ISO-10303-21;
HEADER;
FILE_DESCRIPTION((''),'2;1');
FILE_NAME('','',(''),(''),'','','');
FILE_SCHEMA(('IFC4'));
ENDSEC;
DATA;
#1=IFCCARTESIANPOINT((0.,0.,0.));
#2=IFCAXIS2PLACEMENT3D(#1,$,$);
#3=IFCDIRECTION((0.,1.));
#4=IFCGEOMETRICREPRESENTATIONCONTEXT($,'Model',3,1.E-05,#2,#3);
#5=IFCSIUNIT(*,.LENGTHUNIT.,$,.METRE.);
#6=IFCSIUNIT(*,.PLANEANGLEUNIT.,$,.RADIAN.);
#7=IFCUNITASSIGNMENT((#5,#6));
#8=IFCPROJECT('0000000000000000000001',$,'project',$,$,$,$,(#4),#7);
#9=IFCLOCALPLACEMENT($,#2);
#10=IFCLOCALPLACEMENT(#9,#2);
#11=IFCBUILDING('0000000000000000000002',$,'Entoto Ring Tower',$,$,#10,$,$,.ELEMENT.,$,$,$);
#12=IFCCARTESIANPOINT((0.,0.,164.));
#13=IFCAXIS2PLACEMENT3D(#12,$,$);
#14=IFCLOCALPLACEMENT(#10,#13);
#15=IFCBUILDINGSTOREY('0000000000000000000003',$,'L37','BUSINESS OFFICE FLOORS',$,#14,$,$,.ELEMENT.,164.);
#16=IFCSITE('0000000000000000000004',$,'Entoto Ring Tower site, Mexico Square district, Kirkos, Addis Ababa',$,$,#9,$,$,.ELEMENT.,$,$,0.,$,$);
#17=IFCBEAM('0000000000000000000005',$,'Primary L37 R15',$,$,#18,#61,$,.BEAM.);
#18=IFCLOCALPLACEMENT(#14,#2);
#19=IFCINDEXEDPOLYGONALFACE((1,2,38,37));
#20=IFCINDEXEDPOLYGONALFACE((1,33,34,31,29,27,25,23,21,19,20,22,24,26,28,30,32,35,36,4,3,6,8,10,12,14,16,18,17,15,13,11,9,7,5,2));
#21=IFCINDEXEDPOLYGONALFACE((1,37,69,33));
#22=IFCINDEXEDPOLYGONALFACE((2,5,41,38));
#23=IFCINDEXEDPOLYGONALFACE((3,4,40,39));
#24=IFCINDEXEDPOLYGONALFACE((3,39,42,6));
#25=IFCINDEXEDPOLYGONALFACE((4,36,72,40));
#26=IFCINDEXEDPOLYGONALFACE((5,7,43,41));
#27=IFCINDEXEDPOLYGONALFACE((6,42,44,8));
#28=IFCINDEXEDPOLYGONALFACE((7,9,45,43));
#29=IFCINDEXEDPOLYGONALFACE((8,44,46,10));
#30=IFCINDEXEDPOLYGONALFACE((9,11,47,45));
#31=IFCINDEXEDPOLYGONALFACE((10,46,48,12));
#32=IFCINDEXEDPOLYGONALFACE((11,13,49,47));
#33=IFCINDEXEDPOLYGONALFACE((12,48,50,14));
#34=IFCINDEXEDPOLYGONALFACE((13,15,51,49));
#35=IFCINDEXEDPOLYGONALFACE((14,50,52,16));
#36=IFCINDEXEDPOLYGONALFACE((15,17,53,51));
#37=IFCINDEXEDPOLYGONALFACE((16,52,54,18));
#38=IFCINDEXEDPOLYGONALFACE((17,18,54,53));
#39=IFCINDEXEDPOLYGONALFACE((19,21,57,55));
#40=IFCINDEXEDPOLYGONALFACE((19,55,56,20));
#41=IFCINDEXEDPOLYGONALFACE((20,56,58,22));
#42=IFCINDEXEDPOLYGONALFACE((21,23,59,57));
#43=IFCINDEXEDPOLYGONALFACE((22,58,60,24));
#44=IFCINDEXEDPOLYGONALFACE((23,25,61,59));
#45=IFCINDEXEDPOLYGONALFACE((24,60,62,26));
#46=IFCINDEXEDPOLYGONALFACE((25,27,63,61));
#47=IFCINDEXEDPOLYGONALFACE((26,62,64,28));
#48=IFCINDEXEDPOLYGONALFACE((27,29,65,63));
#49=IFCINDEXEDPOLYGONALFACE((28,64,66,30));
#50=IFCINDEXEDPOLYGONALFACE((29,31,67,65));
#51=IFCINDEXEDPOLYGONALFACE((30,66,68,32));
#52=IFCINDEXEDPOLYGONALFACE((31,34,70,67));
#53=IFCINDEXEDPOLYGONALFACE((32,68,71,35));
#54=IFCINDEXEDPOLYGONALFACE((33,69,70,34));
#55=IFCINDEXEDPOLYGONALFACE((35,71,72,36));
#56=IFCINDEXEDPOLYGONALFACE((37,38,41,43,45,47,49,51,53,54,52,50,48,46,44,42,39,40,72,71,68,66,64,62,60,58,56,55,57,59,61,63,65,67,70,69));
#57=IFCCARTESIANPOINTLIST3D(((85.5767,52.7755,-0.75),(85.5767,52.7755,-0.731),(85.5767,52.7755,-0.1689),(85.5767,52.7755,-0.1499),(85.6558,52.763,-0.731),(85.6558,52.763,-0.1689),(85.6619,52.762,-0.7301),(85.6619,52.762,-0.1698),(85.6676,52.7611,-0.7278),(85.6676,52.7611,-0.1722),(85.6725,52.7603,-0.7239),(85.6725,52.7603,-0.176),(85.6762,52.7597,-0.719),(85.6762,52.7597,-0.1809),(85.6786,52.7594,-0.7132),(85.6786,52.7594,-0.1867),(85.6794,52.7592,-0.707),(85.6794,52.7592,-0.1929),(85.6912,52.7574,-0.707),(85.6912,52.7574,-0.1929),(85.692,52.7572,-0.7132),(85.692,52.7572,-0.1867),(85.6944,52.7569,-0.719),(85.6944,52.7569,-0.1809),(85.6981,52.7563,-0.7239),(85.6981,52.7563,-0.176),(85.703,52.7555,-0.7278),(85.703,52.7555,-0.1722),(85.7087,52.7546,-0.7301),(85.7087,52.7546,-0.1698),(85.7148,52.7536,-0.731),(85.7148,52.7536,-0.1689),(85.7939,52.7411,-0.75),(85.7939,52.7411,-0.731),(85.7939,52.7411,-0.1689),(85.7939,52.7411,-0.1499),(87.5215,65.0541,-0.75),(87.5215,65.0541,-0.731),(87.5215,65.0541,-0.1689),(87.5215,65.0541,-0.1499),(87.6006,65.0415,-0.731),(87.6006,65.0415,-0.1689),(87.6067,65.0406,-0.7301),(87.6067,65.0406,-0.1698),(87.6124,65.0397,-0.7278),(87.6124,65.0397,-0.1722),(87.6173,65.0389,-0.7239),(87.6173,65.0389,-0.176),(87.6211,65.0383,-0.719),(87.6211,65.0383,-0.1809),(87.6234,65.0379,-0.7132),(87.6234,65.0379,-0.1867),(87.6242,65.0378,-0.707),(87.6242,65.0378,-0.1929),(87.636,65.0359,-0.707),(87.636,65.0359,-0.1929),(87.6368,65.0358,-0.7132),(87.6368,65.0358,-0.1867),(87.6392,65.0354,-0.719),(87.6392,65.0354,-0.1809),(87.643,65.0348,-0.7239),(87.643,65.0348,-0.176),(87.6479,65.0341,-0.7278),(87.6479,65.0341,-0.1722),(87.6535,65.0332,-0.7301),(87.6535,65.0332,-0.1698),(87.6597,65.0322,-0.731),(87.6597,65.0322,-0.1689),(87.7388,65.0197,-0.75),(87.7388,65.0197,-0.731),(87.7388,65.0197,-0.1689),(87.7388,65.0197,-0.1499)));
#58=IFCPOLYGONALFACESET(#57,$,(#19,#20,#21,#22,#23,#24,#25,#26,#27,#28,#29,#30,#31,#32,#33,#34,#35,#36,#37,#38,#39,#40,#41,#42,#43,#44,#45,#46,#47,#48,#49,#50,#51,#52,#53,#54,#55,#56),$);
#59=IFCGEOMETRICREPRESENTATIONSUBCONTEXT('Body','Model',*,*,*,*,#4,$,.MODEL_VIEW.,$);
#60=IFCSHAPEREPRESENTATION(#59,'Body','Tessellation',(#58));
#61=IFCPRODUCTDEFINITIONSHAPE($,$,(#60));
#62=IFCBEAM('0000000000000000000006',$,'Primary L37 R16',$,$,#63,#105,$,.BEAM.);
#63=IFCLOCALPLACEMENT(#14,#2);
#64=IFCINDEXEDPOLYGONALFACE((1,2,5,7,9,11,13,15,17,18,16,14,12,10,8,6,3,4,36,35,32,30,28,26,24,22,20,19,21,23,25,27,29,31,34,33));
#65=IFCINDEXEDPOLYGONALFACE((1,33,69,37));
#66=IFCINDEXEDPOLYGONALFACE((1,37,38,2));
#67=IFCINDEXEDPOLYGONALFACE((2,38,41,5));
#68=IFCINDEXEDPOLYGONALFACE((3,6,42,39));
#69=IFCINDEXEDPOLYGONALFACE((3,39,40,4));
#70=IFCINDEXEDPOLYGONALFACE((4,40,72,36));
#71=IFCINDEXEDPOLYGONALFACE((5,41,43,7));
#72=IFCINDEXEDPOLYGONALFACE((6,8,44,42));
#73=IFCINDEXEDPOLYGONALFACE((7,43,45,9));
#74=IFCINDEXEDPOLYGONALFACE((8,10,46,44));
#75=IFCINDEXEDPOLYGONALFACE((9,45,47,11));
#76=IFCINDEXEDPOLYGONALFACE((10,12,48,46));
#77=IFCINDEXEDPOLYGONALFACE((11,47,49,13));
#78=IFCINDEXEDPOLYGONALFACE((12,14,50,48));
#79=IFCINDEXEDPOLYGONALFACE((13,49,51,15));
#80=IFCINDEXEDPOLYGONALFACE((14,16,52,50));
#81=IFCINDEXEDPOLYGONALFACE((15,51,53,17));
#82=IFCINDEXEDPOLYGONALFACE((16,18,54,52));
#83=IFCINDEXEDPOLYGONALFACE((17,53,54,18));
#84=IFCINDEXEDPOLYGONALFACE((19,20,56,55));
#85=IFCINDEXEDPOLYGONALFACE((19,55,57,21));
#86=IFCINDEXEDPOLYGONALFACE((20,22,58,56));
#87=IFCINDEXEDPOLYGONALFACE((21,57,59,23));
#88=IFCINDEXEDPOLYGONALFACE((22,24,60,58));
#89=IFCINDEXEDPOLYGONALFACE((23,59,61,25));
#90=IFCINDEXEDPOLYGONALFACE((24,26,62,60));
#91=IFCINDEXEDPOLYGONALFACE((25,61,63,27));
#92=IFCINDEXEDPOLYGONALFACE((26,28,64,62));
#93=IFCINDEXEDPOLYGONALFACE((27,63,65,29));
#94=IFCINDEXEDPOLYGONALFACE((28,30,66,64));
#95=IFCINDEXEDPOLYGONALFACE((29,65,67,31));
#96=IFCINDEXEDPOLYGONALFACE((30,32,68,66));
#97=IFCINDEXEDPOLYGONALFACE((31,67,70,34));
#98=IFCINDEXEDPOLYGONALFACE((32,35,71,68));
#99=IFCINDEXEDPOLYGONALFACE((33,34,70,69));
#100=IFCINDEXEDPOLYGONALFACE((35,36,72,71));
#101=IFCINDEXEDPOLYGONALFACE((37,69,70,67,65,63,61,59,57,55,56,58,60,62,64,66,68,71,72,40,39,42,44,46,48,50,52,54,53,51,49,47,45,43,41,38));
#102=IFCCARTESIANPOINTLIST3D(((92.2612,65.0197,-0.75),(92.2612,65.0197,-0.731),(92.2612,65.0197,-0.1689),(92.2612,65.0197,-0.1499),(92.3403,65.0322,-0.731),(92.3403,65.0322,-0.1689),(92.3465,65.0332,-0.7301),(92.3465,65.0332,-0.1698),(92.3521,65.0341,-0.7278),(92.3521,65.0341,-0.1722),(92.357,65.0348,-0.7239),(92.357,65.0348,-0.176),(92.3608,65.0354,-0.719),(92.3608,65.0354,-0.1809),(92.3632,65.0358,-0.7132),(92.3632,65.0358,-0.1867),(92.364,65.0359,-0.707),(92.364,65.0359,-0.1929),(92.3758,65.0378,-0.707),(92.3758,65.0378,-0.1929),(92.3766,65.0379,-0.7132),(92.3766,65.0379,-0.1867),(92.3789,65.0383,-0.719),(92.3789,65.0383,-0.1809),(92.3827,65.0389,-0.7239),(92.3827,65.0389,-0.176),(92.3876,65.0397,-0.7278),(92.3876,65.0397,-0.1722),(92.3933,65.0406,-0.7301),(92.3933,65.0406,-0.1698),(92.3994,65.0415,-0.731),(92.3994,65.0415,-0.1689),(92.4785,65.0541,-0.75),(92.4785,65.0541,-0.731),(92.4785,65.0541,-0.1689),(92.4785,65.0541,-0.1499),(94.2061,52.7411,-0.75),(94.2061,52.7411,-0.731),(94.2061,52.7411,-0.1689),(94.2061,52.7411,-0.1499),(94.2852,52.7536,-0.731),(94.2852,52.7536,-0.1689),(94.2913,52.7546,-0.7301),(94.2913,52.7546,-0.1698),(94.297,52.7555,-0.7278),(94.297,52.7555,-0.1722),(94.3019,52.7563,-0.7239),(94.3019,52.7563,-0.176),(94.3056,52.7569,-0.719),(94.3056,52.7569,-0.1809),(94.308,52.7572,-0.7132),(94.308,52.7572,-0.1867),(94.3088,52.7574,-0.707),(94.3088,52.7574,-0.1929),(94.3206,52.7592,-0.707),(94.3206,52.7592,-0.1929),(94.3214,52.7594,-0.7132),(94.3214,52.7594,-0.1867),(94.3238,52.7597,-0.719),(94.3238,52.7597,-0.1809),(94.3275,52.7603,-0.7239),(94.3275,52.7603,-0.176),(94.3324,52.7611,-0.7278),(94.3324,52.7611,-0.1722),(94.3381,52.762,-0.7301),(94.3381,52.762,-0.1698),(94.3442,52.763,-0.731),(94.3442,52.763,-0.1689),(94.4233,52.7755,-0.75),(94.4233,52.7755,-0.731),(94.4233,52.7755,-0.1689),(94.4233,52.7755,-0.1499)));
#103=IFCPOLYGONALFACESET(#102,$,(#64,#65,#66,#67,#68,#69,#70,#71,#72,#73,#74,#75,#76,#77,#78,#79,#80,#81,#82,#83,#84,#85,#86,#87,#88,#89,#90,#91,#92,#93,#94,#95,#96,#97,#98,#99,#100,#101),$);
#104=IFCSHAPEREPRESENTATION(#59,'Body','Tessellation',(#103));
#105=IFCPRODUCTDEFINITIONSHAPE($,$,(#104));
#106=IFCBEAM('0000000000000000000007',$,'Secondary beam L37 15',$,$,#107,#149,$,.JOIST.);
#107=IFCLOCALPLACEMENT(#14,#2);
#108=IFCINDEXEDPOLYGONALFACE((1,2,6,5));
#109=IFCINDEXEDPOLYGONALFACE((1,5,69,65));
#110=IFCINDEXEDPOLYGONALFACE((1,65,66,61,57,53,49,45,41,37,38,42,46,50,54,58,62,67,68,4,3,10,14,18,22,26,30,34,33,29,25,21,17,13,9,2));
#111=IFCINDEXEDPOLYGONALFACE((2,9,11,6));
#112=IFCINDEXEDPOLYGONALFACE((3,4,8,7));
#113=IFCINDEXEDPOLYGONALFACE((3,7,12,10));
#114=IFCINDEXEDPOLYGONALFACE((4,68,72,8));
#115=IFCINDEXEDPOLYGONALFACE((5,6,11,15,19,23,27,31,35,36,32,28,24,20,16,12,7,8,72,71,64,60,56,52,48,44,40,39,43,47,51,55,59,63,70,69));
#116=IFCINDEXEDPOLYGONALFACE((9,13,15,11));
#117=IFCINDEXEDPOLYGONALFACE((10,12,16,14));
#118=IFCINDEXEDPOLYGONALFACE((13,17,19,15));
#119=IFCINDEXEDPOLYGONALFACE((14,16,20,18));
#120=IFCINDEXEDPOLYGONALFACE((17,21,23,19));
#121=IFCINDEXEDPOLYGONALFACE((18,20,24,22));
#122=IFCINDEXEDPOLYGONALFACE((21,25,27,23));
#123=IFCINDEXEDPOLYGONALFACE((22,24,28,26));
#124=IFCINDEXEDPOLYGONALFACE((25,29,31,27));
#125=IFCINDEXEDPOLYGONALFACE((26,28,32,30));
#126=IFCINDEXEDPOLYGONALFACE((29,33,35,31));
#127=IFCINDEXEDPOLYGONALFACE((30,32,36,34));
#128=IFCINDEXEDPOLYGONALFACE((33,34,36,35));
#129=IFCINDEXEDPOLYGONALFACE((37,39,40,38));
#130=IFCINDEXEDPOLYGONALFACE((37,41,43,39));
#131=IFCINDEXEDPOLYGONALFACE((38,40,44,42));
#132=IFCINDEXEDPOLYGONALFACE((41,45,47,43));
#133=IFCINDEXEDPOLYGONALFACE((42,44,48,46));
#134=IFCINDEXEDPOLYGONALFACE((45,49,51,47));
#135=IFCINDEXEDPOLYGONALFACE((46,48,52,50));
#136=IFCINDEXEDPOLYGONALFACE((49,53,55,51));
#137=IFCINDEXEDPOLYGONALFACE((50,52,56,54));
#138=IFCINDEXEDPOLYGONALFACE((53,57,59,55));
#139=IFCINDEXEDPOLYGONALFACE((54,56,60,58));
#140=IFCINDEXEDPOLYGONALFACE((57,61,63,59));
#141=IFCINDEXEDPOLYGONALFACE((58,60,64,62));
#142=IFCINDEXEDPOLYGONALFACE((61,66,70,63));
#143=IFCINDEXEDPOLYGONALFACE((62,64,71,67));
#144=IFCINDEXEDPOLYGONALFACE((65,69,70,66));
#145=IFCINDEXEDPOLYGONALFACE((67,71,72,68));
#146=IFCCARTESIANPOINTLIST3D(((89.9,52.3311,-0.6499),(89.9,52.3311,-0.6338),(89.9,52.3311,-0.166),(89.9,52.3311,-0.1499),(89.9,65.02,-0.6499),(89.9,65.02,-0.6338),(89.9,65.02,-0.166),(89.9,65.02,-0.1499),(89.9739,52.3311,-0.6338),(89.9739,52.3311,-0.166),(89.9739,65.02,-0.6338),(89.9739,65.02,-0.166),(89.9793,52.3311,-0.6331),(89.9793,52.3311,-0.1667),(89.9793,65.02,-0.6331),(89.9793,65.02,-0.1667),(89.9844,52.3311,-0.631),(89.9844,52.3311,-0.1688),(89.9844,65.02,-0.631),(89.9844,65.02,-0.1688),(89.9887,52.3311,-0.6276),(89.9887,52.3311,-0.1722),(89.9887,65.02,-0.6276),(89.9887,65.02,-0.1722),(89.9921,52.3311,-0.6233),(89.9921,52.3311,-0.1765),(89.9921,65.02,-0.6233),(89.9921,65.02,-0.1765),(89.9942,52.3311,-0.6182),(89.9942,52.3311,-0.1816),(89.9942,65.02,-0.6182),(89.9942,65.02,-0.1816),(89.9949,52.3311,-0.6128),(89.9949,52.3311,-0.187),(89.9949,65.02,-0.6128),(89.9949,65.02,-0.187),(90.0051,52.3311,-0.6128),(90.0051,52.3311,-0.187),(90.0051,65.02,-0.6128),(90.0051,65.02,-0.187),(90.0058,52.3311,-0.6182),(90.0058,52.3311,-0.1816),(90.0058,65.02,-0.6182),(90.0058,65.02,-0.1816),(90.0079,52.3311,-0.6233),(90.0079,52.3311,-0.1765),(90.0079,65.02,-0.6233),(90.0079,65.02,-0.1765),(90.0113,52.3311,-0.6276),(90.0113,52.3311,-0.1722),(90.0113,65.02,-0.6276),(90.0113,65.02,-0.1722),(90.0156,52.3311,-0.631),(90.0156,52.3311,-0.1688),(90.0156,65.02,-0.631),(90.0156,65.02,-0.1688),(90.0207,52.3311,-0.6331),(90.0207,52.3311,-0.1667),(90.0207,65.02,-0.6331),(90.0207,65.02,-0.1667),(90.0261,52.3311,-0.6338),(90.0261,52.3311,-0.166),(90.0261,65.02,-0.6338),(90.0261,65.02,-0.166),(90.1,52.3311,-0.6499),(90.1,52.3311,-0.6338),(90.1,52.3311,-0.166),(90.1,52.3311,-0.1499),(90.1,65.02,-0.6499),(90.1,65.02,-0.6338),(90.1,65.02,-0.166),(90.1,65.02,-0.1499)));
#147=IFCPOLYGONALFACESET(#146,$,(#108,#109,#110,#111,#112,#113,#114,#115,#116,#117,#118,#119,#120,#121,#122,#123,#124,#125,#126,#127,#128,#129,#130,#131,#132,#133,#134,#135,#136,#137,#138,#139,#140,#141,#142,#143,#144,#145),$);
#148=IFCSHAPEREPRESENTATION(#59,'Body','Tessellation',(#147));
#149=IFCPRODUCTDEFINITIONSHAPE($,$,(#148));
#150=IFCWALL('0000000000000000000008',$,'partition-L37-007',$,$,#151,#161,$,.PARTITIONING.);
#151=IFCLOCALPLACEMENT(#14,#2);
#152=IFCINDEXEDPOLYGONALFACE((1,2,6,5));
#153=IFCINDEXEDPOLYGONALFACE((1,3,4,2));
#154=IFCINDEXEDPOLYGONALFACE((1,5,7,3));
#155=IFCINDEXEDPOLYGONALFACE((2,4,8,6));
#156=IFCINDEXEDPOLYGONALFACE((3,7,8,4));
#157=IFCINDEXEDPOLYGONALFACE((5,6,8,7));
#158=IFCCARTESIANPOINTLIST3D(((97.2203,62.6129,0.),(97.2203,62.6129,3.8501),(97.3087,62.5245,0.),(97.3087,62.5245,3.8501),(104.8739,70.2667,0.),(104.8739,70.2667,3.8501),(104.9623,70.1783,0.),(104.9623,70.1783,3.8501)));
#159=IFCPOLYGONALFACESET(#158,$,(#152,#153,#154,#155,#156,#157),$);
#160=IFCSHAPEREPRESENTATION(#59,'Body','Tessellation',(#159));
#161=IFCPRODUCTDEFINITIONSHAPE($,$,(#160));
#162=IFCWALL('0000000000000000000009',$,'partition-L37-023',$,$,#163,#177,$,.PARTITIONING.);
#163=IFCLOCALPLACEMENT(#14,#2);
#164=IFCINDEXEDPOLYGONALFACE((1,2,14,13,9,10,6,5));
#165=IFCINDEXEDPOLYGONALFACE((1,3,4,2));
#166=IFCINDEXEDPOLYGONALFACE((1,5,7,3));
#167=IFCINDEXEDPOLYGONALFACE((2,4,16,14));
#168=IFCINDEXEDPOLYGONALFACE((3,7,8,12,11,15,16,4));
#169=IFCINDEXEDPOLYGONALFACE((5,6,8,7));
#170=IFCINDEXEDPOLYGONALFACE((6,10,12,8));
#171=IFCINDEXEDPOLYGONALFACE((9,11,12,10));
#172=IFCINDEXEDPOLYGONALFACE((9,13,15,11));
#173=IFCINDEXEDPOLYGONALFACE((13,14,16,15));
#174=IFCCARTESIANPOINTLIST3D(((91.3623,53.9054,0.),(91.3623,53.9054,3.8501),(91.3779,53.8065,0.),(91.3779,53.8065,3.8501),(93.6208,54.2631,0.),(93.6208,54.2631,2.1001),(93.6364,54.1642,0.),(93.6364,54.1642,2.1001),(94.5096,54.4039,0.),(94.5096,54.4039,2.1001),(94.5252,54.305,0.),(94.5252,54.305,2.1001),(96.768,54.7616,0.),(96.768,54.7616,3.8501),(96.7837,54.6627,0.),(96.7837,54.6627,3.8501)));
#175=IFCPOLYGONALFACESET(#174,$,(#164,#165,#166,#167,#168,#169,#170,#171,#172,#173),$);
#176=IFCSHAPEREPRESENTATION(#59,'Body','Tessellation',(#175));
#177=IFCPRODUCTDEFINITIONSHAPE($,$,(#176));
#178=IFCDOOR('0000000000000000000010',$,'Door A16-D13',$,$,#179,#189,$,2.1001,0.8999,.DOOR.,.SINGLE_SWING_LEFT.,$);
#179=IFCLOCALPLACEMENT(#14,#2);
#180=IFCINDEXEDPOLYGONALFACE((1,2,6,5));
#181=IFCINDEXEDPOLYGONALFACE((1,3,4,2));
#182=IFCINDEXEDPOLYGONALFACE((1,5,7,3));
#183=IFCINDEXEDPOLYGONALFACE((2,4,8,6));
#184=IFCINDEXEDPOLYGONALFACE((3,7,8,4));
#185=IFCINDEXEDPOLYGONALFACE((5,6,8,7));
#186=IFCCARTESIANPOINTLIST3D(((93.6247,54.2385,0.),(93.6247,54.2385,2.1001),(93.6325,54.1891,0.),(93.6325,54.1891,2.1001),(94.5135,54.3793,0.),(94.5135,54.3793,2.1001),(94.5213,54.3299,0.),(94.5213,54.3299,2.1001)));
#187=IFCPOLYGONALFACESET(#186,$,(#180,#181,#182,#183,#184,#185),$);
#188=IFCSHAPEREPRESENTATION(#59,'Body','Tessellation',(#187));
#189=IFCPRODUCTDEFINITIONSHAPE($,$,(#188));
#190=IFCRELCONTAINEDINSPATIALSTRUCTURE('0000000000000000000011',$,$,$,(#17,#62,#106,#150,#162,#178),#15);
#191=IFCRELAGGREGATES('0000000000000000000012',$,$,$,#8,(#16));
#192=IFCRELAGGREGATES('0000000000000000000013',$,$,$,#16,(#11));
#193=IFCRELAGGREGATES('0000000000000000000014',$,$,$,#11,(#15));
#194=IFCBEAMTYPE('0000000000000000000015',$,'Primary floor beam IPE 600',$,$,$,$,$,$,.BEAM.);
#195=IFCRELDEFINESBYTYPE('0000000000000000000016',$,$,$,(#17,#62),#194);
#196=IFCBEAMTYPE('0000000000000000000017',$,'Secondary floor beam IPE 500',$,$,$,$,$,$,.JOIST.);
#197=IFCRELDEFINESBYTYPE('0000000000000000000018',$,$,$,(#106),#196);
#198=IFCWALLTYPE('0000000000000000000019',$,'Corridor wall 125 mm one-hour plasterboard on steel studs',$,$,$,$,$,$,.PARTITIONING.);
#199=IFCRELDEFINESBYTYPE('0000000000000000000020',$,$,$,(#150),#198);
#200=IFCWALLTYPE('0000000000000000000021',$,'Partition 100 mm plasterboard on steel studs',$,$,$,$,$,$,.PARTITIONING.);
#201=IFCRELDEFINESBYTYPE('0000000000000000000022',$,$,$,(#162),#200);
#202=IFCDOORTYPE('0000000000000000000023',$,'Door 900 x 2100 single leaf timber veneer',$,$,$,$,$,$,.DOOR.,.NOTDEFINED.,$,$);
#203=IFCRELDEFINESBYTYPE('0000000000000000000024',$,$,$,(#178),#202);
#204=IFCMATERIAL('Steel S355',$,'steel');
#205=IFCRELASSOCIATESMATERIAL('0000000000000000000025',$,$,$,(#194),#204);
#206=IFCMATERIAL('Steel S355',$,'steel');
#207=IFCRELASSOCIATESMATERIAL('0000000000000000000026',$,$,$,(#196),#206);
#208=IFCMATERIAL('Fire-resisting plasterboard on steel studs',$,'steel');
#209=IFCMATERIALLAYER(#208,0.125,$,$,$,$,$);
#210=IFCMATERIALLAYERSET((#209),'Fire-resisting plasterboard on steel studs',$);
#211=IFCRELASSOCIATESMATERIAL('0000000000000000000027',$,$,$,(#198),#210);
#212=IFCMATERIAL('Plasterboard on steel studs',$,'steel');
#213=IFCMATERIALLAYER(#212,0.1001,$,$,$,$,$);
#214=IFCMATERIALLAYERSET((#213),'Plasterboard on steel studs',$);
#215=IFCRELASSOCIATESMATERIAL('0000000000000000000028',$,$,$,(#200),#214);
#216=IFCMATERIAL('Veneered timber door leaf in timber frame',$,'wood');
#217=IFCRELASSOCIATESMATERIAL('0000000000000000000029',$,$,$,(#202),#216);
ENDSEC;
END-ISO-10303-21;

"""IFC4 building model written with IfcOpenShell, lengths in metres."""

from ifc_helpers import new_model, si_unit, direction, frame, frame_2d, origin, origin_2d, place, context, subcontext, project, spatial, rectangle, i_section, extrude, material, layer, layer_set, material_profile, profile_set, type_object, element, fill, save


model = new_model("IFC4")

# Units and contexts
model_context = context("Model", 3, precision=1e-05, world=origin(), true_north=direction((0.0, 1.0)))
body_context = subcontext(model_context, "Body", "Model", "MODEL_VIEW")
ifc_project = project(units=[si_unit("LENGTHUNIT", "METRE"), si_unit("PLANEANGLEUNIT", "RADIAN")], contexts=[model_context])

# Site, building, storey
site_placement = place(None, origin())
site = spatial("IfcSite", under=ifc_project, at=site_placement, Name="Entoto Ring Tower site, Mexico Square district, Kirkos, Addis Ababa", CompositionType="ELEMENT", RefElevation=0.0)
building_placement = place(site_placement, origin())
building = spatial("IfcBuilding", under=site, at=building_placement, Name="Entoto Ring Tower", CompositionType="ELEMENT")
storey_placement = place(building_placement, frame((0.0, 0.0, 164.0)))
storey = spatial("IfcBuildingStorey", under=building, at=storey_placement, Name="L37", Description="BUSINESS OFFICE FLOORS", CompositionType="ELEMENT", Elevation=164.0)

# Beams
ifc_material_1 = material(Name="Steel S355", Category="steel")
ifc_material_profile_1 = material_profile(ifc_material_1, i_section(OverallWidth=0.22, OverallDepth=0.6001, WebThickness=0.012, FlangeThickness=0.019, FilletRadius=0.0239, at=origin_2d()), Name="IPE 600")
ifc_profile_set_1 = profile_set([ifc_material_profile_1], Name="Steel S355")
beam_type_1 = type_object("IfcBeamType", Name="Primary floor beam IPE 600", PredefinedType="BEAM", material=ifc_profile_set_1)
for number, where, z_axis, x_axis, name in (
    (1, (87.6301, 65.0369, -0.45), (-0.156442, -0.987687, 0.0), (0.987687, -0.156442, 0.0), "Primary L37 R15"),
    (2, (92.3699, 65.0369, -0.45), (0.156442, -0.987687, 0.0), (0.987687, 0.156442, 0.0), "Primary L37 R16"),
):
    element("IfcBeam", number, at=place(storey_placement, frame(where, z_axis=z_axis, x_axis=x_axis)), inside=storey, type_object=beam_type_1, Name=name, PredefinedType="BEAM", context=body_context, shape_type="SweptSolid", body=[
        extrude(i_section(OverallWidth=0.22, OverallDepth=0.6001, WebThickness=0.012, FlangeThickness=0.019, FilletRadius=0.0239, at=origin_2d()), origin(), (0.0, 0.0, 1.0), 12.4316),
    ])
ifc_material_2 = material(Name="Steel S355", Category="steel")
ifc_material_profile_2 = material_profile(ifc_material_2, i_section(OverallWidth=0.2, OverallDepth=0.5, WebThickness=0.0103, FlangeThickness=0.0161, FilletRadius=0.021, at=origin_2d()), Name="IPE 500")
ifc_profile_set_2 = profile_set([ifc_material_profile_2], Name="Steel S355")
beam_type_2 = type_object("IfcBeamType", Name="Secondary floor beam IPE 500", PredefinedType="JOIST", material=ifc_profile_set_2)
beam_placement = place(storey_placement, frame((90.0, 65.02, -0.3999), z_axis=(0.0, -1.0, 0.0), x_axis=(1.0, 0.0, 0.0)))
element("IfcBeam", 3, at=beam_placement, inside=storey, type_object=beam_type_2, Name="Secondary beam L37 15", PredefinedType="JOIST", context=body_context, shape_type="SweptSolid", body=[
    extrude(i_section(OverallWidth=0.2, OverallDepth=0.5, WebThickness=0.0103, FlangeThickness=0.0161, FilletRadius=0.021, at=origin_2d()), origin(), (0.0, 0.0, 1.0), 12.689),
])

# Wall
ifc_material_3 = material(Name="Fire-resisting plasterboard on steel studs", Category="steel")
ifc_layer_1 = layer(ifc_material_3, 0.125)
ifc_layer_set_1 = layer_set([ifc_layer_1], Name="Fire-resisting plasterboard on steel studs")
wall_type_1 = type_object("IfcWallType", Name="Corridor wall 125 mm one-hour plasterboard on steel studs", PredefinedType="PARTITIONING", material=ifc_layer_set_1)
wall_1_placement = place(storey_placement, frame((97.2644, 62.5686, 0.0), z_axis=(0.0, 0.0, 1.0), x_axis=(0.707096, 0.707118, 0.0)))
element("IfcWall", 4, at=wall_1_placement, inside=storey, type_object=wall_type_1, Name="partition-L37-007", PredefinedType="PARTITIONING", context=body_context, shape_type="SweptSolid", body=[
    extrude(rectangle(XDim=10.824, YDim=0.125, at=frame_2d((5.4121, 0.0))), origin(), (0.0, 0.0, 1.0), 3.8501),
])

# Wall, opening, door
ifc_material_4 = material(Name="Plasterboard on steel studs", Category="steel")
ifc_layer_2 = layer(ifc_material_4, 0.1001)
ifc_layer_set_2 = layer_set([ifc_layer_2], Name="Plasterboard on steel studs")
wall_type_2 = type_object("IfcWallType", Name="Partition 100 mm plasterboard on steel studs", PredefinedType="PARTITIONING", material=ifc_layer_set_2)
wall_2_placement = place(storey_placement, frame((91.3701, 53.856, 0.0), z_axis=(0.0, 0.0, 1.0), x_axis=(0.987688, 0.156437, 0.0)))
wall_2 = element("IfcWall", 5, at=wall_2_placement, inside=storey, type_object=wall_type_2, Name="partition-L37-023", PredefinedType="PARTITIONING", context=body_context, shape_type="SweptSolid", body=[
    extrude(rectangle(XDim=5.4731, YDim=0.1001, at=frame_2d((2.7366, 0.0))), origin(), (0.0, 0.0, 1.0), 3.8501),
])
opening_placement = place(wall_2_placement, frame((2.2866, 0.0, 0.0)))
opening = element("IfcOpeningElement", 6, at=opening_placement, cuts=wall_2, PredefinedType="OPENING", context=body_context, shape_type="SweptSolid", body=[
    extrude(rectangle(XDim=0.8999, YDim=2.1001, at=frame_2d((0.45, 1.05))), frame((0.0, 0.0601, 0.0), z_axis=(0.0, -1.0, 0.0), x_axis=(1.0, 0.0, 0.0)), (0.0, 0.0, 1.0), 0.1201),
])
ifc_material_5 = material(Name="Veneered timber door leaf in timber frame", Category="wood")
door_type = type_object("IfcDoorType", Name="Door 900 x 2100 single leaf timber veneer", OperationType="NOTDEFINED", PredefinedType="DOOR", material=ifc_material_5)
door_placement = place(opening_placement, frame((0.8999, 0.0, 0.0), z_axis=(0.0, 0.0, 1.0), x_axis=(-1.0, 0.0, 0.0)))
door = element("IfcDoor", 7, at=door_placement, inside=storey, type_object=door_type, Name="Door A16-D13", OperationType="SINGLE_SWING_LEFT", OverallHeight=2.1001, OverallWidth=0.8999, PredefinedType="DOOR", context=body_context, shape_type="SweptSolid", body=[
    extrude(rectangle(XDim=0.8999, YDim=2.1001, at=frame_2d((0.45, 1.05))), frame((0.0, 0.0249, 0.0), z_axis=(0.0, -1.0, 0.0), x_axis=(1.0, 0.0, 0.0)), (0.0, 0.0, 1.0), 0.05),
])
fill(opening, door)

save(model, "model.ifc")
